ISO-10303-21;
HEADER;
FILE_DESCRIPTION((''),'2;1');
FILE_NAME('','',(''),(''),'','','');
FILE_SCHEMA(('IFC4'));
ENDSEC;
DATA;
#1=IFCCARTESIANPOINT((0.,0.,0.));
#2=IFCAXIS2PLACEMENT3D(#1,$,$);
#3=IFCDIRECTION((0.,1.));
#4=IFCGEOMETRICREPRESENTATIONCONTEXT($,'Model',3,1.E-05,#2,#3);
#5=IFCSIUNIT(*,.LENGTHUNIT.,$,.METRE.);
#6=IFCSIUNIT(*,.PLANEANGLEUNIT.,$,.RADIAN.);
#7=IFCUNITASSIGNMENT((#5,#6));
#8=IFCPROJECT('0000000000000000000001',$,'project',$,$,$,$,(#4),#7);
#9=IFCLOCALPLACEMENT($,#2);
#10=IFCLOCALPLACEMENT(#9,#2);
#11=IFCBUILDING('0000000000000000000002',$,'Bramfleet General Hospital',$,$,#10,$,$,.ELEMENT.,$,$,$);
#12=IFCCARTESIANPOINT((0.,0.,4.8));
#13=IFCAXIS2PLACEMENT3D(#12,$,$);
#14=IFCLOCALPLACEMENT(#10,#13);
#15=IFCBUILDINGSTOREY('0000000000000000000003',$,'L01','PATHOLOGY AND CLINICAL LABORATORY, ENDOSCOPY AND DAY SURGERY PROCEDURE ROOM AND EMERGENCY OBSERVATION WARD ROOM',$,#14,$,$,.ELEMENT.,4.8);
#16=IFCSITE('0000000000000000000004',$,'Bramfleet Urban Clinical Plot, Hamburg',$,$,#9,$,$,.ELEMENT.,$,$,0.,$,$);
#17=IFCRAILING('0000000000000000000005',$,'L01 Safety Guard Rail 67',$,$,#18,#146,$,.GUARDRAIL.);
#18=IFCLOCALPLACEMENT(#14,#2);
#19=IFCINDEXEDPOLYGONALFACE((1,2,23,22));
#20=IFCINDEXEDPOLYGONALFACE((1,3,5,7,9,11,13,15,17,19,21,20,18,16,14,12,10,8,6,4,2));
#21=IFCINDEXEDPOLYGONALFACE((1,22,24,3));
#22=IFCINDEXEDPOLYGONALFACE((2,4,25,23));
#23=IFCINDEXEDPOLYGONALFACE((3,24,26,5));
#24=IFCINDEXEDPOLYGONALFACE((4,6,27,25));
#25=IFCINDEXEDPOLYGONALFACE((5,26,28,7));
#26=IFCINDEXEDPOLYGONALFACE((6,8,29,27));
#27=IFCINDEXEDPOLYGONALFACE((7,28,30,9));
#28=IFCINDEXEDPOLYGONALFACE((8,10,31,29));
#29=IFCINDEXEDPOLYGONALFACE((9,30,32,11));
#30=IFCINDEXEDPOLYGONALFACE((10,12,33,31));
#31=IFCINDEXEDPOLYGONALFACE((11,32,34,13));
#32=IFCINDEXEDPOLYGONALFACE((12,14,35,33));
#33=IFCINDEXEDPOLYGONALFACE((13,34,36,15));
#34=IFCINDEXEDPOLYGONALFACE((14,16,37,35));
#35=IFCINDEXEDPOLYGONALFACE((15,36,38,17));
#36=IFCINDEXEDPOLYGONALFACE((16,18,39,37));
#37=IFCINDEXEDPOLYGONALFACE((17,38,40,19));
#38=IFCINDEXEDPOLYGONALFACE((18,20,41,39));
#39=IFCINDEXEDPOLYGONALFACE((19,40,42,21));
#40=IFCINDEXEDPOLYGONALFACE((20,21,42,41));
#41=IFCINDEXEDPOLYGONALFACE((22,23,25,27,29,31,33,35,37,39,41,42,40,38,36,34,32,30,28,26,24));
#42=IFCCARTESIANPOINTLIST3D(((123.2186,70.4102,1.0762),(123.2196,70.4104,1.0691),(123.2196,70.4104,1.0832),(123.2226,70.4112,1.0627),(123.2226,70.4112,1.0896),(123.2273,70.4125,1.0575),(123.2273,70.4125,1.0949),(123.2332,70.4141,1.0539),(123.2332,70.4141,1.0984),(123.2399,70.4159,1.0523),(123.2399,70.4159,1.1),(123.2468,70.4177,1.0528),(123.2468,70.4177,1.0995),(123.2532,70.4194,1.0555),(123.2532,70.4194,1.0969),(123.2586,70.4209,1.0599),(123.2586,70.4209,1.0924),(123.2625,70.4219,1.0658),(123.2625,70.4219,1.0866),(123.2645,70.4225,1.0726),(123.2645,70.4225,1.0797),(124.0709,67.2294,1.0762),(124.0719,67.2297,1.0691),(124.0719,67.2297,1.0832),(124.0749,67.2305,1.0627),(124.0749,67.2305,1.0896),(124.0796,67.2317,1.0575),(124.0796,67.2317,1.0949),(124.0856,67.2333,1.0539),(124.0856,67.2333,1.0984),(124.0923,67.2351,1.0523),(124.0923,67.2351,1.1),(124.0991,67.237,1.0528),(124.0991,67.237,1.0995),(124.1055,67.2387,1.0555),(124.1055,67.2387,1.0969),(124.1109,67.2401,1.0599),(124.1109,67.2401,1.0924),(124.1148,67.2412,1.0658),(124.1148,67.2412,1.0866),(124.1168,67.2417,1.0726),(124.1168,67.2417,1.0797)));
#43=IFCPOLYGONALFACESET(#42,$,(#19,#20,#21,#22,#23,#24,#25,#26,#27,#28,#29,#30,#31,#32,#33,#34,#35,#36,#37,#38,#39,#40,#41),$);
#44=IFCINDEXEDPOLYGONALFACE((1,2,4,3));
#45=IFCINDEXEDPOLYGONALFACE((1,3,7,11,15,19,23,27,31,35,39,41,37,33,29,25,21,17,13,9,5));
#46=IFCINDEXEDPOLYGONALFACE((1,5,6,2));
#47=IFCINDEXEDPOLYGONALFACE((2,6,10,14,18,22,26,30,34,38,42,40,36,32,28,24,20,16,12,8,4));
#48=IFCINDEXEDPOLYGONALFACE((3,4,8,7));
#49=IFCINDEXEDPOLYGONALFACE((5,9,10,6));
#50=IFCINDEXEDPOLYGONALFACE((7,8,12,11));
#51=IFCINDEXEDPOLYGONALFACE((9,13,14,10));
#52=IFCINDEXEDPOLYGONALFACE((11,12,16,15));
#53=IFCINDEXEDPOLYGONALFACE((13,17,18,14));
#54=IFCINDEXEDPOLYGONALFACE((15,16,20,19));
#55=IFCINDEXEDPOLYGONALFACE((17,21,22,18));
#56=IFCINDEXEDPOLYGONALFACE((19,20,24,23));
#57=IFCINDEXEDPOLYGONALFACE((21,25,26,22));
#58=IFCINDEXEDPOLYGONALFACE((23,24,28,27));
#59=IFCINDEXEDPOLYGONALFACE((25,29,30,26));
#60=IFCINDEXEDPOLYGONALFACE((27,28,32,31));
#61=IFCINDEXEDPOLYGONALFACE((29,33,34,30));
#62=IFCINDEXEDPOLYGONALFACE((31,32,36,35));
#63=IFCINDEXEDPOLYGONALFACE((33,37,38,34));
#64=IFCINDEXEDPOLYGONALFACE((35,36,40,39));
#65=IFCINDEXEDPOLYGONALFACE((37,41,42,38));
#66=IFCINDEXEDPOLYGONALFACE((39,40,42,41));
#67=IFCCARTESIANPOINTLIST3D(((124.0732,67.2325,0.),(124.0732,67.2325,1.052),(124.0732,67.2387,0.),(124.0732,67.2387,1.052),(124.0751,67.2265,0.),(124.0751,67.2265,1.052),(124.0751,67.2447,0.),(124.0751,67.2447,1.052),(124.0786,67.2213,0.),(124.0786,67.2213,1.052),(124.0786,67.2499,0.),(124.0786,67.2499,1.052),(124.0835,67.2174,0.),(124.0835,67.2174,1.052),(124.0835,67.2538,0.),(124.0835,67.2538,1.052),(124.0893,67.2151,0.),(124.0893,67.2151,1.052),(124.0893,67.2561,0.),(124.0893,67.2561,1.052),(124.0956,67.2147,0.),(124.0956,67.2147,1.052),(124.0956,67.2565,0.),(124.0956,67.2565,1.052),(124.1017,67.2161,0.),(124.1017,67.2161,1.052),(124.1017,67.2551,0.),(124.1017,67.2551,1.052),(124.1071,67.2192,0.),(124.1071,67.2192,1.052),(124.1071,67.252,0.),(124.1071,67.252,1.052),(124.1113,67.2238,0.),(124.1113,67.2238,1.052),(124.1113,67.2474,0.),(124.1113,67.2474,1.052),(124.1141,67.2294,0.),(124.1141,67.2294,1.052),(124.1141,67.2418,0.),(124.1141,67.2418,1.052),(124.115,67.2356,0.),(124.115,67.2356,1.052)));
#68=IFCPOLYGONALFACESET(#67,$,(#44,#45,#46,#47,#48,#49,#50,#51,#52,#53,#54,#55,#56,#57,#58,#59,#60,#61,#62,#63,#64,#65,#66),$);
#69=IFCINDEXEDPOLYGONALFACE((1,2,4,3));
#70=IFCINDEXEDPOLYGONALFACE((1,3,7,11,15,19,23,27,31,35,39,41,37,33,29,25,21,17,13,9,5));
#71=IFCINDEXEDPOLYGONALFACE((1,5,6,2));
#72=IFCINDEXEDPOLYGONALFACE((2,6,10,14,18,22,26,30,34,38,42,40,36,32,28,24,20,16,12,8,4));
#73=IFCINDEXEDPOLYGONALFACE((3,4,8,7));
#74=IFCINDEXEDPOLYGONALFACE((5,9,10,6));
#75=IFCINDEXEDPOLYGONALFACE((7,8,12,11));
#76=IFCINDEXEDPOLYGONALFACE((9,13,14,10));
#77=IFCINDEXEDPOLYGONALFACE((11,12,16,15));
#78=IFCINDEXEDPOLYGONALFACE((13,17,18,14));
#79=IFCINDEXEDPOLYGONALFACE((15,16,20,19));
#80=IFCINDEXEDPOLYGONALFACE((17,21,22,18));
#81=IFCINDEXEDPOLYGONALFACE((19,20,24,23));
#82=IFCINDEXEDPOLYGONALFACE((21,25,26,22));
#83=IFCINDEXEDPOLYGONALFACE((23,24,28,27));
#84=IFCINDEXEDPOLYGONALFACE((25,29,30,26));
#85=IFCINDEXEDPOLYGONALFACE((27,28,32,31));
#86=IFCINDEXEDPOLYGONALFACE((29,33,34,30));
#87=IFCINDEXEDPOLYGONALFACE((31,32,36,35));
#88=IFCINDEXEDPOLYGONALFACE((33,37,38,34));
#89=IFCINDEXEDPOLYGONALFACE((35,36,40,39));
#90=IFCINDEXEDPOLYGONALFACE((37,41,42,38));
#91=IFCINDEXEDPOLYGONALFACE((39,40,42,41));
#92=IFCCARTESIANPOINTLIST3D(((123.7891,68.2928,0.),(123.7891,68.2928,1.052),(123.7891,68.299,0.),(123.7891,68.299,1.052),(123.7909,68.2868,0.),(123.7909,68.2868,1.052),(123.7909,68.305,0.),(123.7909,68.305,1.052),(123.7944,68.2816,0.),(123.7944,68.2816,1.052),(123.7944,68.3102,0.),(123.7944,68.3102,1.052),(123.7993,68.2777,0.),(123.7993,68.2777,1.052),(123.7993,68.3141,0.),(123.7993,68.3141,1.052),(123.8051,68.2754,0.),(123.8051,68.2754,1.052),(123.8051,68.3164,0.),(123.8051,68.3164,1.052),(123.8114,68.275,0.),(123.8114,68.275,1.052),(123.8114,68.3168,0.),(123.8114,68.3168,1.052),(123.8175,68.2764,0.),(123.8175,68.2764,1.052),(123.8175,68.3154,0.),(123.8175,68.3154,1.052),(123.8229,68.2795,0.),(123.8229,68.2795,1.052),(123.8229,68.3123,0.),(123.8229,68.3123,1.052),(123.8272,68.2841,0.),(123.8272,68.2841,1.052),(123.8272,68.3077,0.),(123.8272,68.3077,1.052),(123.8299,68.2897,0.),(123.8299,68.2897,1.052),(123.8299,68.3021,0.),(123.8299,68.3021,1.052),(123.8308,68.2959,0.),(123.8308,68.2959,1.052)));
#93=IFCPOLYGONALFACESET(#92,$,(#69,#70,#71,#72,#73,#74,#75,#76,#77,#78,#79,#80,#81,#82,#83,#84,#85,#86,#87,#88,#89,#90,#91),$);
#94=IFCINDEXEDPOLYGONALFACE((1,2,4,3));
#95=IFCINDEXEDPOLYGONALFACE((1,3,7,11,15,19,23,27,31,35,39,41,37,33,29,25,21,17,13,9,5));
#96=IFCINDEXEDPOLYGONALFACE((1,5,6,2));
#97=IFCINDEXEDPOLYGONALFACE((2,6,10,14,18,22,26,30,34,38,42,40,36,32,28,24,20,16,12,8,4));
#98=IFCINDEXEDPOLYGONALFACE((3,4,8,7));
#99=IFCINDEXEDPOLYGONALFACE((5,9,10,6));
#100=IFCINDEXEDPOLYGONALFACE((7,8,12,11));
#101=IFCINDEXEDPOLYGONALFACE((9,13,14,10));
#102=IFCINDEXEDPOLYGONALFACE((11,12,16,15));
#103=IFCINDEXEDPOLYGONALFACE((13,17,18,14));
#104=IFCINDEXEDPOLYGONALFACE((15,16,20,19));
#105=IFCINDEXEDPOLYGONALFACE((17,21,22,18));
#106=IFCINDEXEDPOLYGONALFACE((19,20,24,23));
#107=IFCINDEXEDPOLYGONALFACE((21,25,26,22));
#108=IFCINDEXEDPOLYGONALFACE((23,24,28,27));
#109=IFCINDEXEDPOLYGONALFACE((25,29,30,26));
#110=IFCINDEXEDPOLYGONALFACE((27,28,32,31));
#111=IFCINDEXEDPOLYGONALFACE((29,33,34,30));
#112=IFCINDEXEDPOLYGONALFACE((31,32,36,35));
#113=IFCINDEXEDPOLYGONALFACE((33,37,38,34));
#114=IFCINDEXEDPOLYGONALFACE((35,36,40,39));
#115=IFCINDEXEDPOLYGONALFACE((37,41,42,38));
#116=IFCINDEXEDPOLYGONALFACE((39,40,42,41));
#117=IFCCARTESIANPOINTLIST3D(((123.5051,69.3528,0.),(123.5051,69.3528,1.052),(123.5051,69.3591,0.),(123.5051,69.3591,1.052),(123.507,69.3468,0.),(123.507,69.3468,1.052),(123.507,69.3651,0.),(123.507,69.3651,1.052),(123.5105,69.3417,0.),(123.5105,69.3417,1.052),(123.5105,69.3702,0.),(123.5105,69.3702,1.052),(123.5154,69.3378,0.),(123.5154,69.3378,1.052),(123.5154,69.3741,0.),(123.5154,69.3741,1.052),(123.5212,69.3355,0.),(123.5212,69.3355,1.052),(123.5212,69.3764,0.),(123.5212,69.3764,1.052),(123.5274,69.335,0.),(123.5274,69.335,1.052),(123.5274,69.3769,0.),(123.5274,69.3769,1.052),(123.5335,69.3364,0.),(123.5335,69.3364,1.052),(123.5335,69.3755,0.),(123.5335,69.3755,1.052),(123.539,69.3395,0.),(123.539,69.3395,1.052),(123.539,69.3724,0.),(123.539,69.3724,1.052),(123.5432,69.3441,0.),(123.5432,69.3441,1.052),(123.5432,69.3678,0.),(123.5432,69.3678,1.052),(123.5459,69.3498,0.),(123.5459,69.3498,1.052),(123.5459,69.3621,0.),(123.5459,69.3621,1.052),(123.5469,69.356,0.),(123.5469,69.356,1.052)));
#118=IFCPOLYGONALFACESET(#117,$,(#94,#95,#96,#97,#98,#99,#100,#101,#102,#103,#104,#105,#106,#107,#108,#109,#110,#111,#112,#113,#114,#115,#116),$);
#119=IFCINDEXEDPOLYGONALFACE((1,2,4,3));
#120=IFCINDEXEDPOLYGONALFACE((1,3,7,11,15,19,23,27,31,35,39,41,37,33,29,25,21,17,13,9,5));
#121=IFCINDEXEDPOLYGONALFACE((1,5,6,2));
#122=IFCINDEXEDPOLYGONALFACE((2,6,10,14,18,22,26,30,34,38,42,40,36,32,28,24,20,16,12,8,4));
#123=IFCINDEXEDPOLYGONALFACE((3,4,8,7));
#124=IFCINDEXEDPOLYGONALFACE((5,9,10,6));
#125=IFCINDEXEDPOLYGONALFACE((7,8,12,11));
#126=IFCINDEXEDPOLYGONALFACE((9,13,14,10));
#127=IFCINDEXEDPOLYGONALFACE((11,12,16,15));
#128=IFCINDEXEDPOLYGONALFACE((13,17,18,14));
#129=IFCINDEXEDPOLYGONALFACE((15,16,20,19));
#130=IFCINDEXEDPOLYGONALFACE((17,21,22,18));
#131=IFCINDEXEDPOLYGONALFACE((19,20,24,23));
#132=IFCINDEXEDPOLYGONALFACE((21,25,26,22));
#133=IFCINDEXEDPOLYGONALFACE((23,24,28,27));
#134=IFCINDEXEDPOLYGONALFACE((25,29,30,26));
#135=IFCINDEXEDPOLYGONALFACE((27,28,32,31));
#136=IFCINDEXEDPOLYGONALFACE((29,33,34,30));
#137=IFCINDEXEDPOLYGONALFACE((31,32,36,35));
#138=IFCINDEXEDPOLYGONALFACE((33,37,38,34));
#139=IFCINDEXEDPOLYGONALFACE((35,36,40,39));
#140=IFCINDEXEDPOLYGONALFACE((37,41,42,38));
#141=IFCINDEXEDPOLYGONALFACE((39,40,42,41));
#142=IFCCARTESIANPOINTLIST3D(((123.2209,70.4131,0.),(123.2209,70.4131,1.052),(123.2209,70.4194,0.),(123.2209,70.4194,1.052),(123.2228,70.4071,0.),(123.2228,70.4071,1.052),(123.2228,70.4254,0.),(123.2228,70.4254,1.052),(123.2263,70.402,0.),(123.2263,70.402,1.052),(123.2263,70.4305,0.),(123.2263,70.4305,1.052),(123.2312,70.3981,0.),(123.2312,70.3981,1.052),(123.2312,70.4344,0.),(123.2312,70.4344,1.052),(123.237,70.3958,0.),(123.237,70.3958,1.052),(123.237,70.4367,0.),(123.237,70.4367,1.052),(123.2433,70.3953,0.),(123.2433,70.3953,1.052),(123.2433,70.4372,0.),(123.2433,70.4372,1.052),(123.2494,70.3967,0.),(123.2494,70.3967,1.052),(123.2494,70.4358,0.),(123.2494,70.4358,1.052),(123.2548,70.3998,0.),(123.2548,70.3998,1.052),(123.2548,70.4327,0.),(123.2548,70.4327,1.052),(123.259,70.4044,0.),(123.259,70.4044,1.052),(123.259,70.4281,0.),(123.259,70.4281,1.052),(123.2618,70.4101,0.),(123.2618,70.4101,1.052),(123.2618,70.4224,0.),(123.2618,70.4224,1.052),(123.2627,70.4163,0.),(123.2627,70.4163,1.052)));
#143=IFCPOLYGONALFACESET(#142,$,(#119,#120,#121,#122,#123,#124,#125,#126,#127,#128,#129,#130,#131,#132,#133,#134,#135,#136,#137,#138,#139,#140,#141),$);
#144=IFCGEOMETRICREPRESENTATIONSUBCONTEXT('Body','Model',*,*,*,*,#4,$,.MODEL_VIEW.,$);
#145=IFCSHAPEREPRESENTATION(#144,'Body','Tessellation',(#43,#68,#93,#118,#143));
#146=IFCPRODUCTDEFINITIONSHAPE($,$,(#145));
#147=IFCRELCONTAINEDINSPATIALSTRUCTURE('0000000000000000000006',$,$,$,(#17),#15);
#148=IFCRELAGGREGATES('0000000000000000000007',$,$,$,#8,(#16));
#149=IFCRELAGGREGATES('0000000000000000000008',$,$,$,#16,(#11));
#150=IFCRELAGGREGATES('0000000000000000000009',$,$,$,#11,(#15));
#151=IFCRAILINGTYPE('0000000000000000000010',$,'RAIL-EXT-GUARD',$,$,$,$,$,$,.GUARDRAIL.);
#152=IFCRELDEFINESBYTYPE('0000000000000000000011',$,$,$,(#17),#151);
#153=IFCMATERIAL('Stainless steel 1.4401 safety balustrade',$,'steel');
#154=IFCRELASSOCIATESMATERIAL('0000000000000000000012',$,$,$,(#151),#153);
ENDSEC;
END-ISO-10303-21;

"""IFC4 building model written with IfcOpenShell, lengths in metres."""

from ifc_helpers import new_model, si_unit, direction, frame, origin, origin_2d, place, context, subcontext, project, spatial, circle, extrude, material, type_object, element, save


model = new_model("IFC4")

# Units and contexts
model_context = context("Model", 3, precision=1e-05, world=origin(), true_north=direction((0.0, 1.0)))
body_context = subcontext(model_context, "Body", "Model", "MODEL_VIEW")
ifc_project = project(units=[si_unit("LENGTHUNIT", "METRE"), si_unit("PLANEANGLEUNIT", "RADIAN")], contexts=[model_context])

# Site, building, storey
site_placement = place(None, origin())
site = spatial("IfcSite", under=ifc_project, at=site_placement, Name="Bramfleet Urban Clinical Plot, Hamburg", CompositionType="ELEMENT", RefElevation=0.0)
building_placement = place(site_placement, origin())
building = spatial("IfcBuilding", under=site, at=building_placement, Name="Bramfleet General Hospital", CompositionType="ELEMENT")
storey_placement = place(building_placement, frame((0.0, 0.0, 4.8)))
storey = spatial("IfcBuildingStorey", under=building, at=storey_placement, Name="L01", Description="PATHOLOGY AND CLINICAL LABORATORY, ENDOSCOPY AND DAY SURGERY PROCEDURE ROOM AND EMERGENCY OBSERVATION WARD ROOM", CompositionType="ELEMENT", Elevation=4.8)

# Railing
ifc_material_1 = material(Name="Stainless steel 1.4401 safety balustrade", Category="steel")
railing_type = type_object("IfcRailingType", Name="RAIL-EXT-GUARD", PredefinedType="GUARDRAIL", material=ifc_material_1)
railing_1_placement = place(storey_placement, frame((124.094, 67.2356, 0.0)))
element("IfcRailing", 1, at=railing_1_placement, inside=storey, type_object=railing_type, Name="L01 Safety Guard Rail 67", PredefinedType="GUARDRAIL", context=body_context, shape_type="SweptSolid", body=[
    extrude(circle(Radius=0.0239, at=origin_2d()), frame((0.0, 0.0, 1.0762), z_axis=(-0.25883, 0.965923, 0.0), x_axis=(-0.965923, -0.25883, 0.0)), (0.0, 0.0, 1.0), 3.293),
    extrude(circle(Radius=0.021, at=origin_2d()), origin(), (0.0, 0.0, 1.0), 1.052),
    extrude(circle(Radius=0.021, at=origin_2d()), frame((-0.2842, 1.0603, 0.0)), (0.0, 0.0, 1.0), 1.052),
    extrude(circle(Radius=0.021, at=origin_2d()), frame((-0.5681, 2.1204, 0.0)), (0.0, 0.0, 1.0), 1.052),
    extrude(circle(Radius=0.021, at=origin_2d()), frame((-0.8523, 3.1807, 0.0)), (0.0, 0.0, 1.0), 1.052),
])

save(model, "model.ifc")
